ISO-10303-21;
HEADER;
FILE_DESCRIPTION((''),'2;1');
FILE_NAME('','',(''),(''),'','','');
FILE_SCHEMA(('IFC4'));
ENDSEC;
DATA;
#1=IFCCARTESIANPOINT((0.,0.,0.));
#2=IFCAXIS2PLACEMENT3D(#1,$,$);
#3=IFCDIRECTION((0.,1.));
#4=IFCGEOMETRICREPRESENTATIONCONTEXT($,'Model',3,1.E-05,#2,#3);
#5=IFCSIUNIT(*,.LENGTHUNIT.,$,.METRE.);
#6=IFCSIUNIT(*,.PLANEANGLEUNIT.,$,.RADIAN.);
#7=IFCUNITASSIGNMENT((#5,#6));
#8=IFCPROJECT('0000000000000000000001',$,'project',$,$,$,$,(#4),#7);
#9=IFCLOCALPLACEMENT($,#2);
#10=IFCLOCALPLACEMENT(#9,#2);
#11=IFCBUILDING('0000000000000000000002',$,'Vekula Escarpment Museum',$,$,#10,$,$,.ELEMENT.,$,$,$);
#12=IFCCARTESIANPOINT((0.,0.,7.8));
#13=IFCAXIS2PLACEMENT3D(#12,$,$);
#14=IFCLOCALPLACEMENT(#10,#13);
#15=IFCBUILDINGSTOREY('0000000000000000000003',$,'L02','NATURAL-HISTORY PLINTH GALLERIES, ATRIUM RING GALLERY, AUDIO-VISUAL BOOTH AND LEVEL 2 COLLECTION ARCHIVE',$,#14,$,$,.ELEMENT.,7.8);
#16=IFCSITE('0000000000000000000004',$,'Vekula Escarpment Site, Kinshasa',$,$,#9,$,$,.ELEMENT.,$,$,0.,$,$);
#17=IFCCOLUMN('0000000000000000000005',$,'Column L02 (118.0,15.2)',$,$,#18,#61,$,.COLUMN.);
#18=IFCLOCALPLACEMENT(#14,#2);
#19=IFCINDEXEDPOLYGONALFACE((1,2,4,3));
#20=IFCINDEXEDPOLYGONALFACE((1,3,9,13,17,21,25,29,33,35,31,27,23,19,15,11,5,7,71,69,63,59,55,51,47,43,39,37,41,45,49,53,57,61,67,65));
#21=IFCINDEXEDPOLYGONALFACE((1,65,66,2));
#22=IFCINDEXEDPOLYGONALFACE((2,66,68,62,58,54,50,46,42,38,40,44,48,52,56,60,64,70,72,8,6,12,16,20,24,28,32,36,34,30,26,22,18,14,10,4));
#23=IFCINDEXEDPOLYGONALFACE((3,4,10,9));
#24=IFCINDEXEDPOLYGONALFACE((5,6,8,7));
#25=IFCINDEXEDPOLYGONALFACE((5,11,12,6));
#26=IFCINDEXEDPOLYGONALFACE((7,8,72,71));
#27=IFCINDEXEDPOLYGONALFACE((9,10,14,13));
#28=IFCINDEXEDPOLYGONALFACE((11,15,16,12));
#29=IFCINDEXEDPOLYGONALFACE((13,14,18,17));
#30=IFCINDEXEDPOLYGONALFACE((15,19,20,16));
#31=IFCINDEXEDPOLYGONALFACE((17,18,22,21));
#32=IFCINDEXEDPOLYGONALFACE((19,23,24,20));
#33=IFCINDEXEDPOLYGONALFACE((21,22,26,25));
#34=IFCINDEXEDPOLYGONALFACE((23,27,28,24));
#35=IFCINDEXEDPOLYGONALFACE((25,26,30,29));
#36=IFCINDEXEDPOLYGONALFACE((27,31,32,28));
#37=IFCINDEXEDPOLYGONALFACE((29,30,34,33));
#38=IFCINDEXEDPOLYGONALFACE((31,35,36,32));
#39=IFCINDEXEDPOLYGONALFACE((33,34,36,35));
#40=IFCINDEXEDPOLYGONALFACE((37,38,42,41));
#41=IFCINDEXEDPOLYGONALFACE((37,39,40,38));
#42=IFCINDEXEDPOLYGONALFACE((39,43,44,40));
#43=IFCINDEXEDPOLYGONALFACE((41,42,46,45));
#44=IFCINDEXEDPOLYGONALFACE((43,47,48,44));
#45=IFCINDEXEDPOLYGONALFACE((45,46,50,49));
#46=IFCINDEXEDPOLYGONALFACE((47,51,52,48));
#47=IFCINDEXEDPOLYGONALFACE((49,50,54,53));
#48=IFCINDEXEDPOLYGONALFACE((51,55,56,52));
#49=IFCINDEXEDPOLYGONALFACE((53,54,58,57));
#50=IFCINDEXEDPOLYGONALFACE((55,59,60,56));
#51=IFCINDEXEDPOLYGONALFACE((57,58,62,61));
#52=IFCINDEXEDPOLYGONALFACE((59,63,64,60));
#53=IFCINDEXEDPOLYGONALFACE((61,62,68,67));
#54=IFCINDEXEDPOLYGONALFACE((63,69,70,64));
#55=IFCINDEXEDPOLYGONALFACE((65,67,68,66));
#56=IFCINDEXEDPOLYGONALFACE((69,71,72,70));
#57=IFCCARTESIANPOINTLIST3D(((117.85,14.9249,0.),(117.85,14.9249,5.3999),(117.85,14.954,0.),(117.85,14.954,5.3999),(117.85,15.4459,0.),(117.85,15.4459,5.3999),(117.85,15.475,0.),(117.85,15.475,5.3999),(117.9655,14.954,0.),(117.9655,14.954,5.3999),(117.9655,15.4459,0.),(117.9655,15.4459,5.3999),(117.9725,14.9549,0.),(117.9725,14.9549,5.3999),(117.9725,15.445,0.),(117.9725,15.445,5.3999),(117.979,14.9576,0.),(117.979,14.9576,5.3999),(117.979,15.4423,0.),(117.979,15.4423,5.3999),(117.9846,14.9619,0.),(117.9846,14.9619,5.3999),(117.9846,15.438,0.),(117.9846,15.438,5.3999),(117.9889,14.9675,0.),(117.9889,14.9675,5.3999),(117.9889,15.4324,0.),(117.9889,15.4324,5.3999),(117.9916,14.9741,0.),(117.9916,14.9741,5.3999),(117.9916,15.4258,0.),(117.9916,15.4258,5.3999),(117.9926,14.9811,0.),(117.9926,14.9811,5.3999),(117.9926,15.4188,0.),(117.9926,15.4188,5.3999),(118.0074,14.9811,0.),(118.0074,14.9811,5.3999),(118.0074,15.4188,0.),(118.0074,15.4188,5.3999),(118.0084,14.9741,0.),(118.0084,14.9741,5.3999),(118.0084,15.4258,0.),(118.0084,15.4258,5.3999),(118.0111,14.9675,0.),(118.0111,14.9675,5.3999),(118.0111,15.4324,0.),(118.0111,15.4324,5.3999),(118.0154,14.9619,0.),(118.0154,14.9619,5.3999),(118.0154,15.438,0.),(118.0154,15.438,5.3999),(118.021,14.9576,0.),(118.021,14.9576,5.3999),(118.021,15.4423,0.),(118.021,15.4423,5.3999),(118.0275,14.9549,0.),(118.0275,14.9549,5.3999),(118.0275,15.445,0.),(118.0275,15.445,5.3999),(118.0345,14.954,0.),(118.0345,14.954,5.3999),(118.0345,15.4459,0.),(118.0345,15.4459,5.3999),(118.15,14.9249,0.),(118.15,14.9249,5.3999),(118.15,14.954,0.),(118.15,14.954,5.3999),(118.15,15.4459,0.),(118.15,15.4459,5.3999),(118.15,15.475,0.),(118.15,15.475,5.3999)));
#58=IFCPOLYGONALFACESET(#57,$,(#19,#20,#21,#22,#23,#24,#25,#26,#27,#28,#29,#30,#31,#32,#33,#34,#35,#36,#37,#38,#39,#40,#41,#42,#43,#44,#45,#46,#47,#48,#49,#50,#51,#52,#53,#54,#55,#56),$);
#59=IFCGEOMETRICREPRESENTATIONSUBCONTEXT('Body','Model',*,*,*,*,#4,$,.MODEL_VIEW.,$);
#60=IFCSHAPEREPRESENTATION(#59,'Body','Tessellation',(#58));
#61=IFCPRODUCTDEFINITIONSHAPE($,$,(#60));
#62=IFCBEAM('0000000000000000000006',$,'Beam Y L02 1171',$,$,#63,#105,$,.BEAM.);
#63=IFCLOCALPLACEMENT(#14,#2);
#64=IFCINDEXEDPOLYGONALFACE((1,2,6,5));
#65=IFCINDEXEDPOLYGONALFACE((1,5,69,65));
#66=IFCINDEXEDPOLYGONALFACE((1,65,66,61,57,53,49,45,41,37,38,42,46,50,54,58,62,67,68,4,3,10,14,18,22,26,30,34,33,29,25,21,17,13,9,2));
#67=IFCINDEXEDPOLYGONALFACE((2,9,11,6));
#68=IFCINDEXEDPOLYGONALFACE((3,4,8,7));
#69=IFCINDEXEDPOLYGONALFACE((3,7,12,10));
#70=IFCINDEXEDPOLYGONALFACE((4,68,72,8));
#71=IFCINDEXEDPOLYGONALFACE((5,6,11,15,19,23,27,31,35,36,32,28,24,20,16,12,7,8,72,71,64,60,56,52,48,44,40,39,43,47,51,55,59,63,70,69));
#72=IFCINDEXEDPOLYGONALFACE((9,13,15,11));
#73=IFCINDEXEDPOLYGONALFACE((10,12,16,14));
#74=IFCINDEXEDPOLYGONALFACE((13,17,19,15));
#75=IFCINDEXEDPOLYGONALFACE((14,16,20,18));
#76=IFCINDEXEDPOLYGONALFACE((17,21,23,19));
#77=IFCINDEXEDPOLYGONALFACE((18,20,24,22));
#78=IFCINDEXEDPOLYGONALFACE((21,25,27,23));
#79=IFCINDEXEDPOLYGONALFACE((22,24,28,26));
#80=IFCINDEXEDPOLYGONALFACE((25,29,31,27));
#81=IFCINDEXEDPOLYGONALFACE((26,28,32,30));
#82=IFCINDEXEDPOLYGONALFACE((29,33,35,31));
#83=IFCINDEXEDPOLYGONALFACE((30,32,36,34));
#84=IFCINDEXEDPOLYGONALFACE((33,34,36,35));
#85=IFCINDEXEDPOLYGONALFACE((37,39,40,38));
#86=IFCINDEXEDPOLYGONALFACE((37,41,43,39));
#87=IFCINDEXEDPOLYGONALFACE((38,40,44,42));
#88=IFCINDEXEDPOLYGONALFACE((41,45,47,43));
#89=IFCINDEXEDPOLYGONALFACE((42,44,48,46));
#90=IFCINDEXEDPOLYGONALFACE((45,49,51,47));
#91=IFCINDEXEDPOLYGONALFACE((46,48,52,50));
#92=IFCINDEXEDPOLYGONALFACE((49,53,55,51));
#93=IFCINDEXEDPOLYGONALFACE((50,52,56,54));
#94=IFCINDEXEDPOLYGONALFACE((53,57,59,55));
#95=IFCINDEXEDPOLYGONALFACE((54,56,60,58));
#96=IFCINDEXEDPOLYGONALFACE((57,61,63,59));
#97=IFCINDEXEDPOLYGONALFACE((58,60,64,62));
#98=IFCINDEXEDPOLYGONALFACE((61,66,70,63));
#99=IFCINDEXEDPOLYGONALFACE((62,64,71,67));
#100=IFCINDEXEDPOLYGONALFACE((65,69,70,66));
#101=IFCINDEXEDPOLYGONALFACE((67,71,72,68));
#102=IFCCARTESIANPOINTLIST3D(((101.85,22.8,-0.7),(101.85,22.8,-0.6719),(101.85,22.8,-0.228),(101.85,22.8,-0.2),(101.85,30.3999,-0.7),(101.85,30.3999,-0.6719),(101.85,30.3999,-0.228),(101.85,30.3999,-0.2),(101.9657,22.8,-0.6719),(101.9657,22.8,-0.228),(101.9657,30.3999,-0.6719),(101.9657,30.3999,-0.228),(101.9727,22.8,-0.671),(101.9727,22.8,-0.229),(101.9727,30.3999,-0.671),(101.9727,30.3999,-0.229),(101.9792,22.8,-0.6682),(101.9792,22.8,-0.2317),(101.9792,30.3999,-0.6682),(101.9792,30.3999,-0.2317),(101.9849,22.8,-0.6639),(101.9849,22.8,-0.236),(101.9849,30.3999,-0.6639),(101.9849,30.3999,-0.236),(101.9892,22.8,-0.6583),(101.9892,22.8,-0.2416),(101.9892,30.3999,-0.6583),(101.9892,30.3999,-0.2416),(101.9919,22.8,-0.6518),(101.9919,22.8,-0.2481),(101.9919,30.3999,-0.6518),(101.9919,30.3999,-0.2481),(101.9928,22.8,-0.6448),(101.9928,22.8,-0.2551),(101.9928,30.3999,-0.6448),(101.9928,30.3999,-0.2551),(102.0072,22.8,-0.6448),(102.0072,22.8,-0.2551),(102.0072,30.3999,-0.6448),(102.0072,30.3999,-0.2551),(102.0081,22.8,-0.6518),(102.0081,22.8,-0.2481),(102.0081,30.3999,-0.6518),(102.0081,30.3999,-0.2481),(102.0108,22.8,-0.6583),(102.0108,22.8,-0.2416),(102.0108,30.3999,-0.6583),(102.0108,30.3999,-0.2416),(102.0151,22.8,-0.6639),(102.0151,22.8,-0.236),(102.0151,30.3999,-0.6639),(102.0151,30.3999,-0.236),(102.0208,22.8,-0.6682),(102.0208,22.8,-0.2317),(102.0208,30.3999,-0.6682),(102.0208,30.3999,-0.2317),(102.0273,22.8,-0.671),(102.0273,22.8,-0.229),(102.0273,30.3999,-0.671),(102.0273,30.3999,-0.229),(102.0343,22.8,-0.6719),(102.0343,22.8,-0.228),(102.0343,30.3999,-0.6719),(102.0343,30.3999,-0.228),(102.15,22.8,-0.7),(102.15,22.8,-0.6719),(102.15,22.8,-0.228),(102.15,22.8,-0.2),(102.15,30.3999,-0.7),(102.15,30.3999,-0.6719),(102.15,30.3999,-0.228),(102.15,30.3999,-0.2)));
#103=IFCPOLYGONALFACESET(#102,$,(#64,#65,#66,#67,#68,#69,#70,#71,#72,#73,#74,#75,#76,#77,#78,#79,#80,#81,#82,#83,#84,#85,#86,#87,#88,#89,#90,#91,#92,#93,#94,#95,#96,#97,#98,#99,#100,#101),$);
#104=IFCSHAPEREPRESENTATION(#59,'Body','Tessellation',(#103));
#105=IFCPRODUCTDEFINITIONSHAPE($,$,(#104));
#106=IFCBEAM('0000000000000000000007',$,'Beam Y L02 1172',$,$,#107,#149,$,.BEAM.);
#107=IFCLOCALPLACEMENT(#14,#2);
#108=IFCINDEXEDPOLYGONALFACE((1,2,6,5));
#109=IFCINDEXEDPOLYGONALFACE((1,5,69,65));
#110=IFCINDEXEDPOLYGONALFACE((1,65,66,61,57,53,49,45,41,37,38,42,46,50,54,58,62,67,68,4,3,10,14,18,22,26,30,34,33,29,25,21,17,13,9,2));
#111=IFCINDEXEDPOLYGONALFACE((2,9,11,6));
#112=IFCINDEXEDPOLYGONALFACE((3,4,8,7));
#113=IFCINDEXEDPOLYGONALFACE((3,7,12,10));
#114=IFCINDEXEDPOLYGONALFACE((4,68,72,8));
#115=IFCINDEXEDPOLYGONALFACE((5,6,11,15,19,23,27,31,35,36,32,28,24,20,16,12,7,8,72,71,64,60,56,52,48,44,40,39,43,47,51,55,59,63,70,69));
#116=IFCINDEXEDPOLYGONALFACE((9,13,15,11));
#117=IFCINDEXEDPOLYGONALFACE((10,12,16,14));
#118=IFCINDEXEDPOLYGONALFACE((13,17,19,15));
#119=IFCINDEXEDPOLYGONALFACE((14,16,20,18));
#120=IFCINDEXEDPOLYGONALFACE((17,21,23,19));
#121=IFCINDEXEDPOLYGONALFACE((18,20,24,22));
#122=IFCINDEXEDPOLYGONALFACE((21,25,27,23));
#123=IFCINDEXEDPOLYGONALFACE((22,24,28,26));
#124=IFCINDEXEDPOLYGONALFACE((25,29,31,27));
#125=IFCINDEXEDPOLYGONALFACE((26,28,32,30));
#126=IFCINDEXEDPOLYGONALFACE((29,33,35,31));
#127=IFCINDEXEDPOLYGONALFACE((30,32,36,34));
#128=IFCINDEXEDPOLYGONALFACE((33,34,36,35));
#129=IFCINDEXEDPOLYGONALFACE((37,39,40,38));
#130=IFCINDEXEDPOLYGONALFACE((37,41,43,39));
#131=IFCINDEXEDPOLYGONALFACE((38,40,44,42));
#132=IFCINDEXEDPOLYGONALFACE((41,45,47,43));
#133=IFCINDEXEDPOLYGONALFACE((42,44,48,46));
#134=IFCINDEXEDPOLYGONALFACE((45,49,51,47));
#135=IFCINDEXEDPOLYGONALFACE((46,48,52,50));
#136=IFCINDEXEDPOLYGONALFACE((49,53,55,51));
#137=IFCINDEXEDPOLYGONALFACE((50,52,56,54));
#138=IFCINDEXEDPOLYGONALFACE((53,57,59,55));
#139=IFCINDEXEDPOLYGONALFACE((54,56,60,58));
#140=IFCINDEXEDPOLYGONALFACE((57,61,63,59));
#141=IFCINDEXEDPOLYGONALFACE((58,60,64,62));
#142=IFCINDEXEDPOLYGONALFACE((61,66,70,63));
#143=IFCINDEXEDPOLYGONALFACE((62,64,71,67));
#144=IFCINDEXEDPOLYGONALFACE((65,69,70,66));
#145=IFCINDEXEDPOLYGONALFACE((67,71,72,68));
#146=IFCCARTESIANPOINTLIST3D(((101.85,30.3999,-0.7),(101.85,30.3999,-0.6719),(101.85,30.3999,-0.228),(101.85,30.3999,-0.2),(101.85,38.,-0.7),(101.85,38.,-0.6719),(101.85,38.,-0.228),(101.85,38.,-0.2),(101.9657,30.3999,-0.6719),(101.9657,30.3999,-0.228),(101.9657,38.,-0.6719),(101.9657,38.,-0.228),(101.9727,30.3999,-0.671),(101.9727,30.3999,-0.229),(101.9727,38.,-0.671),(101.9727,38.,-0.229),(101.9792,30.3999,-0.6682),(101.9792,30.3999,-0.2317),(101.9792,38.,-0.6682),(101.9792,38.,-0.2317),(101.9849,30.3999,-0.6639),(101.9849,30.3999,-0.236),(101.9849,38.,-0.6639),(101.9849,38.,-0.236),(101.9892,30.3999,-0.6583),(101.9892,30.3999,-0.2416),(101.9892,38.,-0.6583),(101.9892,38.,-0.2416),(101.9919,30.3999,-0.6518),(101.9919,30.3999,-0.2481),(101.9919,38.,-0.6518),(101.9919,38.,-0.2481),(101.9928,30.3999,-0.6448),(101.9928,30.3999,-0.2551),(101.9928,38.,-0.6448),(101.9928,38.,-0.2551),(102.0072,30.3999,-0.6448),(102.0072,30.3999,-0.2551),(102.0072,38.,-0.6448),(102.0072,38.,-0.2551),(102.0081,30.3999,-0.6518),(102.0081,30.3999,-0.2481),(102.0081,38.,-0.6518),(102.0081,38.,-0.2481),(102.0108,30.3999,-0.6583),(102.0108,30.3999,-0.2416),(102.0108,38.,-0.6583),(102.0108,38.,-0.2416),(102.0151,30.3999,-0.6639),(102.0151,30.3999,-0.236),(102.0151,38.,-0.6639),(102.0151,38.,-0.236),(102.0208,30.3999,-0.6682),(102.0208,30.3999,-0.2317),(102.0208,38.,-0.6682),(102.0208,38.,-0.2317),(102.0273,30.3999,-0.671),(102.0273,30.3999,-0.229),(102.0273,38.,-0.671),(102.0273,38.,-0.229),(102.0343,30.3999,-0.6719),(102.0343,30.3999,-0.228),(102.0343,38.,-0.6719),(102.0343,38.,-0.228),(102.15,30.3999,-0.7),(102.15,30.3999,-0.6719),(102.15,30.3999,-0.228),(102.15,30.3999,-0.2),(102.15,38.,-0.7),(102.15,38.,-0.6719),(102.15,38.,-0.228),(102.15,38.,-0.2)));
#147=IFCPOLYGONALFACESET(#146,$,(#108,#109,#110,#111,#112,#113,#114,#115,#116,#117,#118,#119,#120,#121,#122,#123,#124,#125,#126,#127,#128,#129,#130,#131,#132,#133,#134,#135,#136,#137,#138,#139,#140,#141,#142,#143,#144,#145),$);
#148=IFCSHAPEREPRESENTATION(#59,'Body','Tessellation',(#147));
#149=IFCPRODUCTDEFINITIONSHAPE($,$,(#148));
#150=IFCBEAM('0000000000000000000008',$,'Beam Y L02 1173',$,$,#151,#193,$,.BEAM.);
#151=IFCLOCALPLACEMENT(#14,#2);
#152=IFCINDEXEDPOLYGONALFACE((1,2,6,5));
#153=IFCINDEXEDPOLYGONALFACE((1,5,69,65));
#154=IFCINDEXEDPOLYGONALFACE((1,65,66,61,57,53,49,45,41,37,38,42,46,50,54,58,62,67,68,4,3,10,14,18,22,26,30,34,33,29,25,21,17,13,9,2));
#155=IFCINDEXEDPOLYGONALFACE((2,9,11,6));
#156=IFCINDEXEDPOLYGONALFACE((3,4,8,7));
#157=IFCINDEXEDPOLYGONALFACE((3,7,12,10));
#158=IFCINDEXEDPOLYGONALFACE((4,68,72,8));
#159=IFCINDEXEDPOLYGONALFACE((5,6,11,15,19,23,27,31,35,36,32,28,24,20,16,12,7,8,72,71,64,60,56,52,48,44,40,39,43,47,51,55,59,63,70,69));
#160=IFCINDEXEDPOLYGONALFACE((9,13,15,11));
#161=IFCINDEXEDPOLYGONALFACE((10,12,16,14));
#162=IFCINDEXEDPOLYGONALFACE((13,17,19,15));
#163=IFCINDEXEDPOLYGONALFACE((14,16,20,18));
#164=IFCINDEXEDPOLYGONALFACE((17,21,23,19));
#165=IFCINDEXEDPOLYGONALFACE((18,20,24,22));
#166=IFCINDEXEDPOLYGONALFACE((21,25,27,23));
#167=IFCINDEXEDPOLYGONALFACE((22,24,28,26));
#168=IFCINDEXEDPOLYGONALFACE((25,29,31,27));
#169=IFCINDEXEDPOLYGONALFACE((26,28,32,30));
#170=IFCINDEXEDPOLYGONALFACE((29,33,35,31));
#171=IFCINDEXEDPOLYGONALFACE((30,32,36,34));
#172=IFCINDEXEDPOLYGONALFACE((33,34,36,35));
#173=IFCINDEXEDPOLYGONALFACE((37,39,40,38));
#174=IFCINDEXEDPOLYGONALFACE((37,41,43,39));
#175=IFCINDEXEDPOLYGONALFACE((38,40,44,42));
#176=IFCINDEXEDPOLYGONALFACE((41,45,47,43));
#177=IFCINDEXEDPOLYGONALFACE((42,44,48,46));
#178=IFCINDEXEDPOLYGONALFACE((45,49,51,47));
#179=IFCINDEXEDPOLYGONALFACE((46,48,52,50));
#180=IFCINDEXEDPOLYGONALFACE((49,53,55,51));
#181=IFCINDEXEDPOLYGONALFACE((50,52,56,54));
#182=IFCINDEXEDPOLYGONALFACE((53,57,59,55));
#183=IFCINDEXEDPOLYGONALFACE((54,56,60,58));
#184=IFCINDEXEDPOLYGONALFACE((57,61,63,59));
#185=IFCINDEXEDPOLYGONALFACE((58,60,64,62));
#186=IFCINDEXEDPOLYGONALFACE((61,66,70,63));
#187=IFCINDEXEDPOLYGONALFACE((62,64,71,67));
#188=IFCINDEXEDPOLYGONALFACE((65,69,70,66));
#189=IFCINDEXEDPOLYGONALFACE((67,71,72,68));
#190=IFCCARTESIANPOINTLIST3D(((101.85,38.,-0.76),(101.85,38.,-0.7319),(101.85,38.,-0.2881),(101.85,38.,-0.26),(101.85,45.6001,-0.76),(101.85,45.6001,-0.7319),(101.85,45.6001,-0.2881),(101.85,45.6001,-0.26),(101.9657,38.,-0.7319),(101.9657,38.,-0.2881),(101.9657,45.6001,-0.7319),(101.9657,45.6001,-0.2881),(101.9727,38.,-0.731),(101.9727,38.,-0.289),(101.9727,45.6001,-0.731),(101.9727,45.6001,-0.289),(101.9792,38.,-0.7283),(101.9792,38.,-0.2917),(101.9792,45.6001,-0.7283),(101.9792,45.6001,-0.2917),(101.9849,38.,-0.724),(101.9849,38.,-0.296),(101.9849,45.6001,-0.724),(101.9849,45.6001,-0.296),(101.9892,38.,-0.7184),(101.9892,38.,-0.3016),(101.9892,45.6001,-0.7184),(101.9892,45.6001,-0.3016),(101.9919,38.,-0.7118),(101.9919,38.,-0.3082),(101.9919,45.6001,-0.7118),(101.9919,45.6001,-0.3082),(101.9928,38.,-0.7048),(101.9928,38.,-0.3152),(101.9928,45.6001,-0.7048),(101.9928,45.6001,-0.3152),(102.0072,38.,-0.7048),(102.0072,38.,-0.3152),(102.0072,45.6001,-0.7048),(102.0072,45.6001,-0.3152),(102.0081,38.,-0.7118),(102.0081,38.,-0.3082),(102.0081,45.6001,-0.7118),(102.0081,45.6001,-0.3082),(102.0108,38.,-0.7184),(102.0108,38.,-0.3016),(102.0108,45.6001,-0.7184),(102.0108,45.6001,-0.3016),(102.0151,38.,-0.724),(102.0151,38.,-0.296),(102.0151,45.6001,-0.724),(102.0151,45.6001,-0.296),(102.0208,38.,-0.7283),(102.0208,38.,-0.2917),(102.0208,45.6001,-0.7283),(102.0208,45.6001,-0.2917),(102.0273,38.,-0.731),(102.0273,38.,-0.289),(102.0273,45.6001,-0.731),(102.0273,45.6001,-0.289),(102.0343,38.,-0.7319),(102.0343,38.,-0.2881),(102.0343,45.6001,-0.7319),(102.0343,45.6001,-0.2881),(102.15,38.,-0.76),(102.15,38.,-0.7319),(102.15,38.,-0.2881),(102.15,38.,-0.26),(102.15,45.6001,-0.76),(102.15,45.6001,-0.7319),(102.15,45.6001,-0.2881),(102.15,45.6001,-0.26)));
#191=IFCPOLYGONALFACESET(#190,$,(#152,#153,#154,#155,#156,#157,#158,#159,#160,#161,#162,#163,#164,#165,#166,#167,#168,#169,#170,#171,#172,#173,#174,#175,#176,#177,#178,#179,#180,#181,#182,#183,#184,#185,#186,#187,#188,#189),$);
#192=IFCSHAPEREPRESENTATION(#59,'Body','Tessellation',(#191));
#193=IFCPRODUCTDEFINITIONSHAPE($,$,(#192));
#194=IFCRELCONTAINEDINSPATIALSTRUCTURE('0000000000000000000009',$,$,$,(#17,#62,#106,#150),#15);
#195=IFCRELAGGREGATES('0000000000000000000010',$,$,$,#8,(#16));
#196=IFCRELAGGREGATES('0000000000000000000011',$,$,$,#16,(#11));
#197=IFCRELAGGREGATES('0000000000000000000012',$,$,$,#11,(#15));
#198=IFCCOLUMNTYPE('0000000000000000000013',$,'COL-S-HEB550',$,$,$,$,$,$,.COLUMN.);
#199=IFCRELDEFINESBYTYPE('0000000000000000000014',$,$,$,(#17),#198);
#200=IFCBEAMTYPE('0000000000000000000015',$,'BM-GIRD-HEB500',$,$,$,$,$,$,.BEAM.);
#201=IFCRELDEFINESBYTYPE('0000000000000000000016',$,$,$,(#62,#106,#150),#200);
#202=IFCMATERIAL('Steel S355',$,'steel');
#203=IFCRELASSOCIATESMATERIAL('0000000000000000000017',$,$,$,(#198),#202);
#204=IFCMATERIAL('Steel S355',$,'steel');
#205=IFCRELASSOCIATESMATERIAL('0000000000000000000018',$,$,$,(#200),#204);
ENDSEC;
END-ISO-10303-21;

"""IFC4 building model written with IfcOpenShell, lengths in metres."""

from ifc_helpers import new_model, si_unit, direction, frame, origin, origin_2d, place, context, subcontext, project, spatial, i_section, extrude, material, material_profile, profile_set, type_object, element, save


model = new_model("IFC4")

# Units and contexts
model_context = context("Model", 3, precision=1e-05, world=origin(), true_north=direction((0.0, 1.0)))
body_context = subcontext(model_context, "Body", "Model", "MODEL_VIEW")
ifc_project = project(units=[si_unit("LENGTHUNIT", "METRE"), si_unit("PLANEANGLEUNIT", "RADIAN")], contexts=[model_context])

# Site, building, storey
site_placement = place(None, origin())
site = spatial("IfcSite", under=ifc_project, at=site_placement, Name="Vekula Escarpment Site, Kinshasa", CompositionType="ELEMENT", RefElevation=0.0)
building_placement = place(site_placement, origin())
building = spatial("IfcBuilding", under=site, at=building_placement, Name="Vekula Escarpment Museum", CompositionType="ELEMENT")
storey_placement = place(building_placement, frame((0.0, 0.0, 7.8)))
storey = spatial("IfcBuildingStorey", under=building, at=storey_placement, Name="L02", Description="NATURAL-HISTORY PLINTH GALLERIES, ATRIUM RING GALLERY, AUDIO-VISUAL BOOTH AND LEVEL 2 COLLECTION ARCHIVE", CompositionType="ELEMENT", Elevation=7.8)

# Column
ifc_material_1 = material(Name="Steel S355", Category="steel")
ifc_material_profile_1 = material_profile(ifc_material_1, i_section(OverallWidth=0.3, OverallDepth=0.55, WebThickness=0.0149, FlangeThickness=0.0291, FilletRadius=0.0271, at=origin_2d()), Name="HEB 550")
ifc_profile_set_1 = profile_set([ifc_material_profile_1], Name="Steel S355")
column_type = type_object("IfcColumnType", Name="COL-S-HEB550", PredefinedType="COLUMN", material=ifc_profile_set_1)
column_placement = place(storey_placement, frame((118.0, 15.2, 0.0), z_axis=(0.0, 0.0, 1.0), x_axis=(1.0, 0.0, 0.0)))
element("IfcColumn", 1, at=column_placement, inside=storey, type_object=column_type, Name="Column L02 (118.0,15.2)", PredefinedType="COLUMN", context=body_context, shape_type="SweptSolid", body=[
    extrude(i_section(OverallWidth=0.3, OverallDepth=0.55, WebThickness=0.0149, FlangeThickness=0.0291, FilletRadius=0.0271, at=origin_2d()), origin(), (0.0, 0.0, 1.0), 5.3999),
])

# Beams
ifc_material_2 = material(Name="Steel S355", Category="steel")
ifc_material_profile_2 = material_profile(ifc_material_2, i_section(OverallWidth=0.3, OverallDepth=0.5, WebThickness=0.0144, FlangeThickness=0.0281, FilletRadius=0.0271, at=origin_2d()), Name="HEB 500")
ifc_profile_set_2 = profile_set([ifc_material_profile_2], Name="Steel S355")
beam_type = type_object("IfcBeamType", Name="BM-GIRD-HEB500", PredefinedType="BEAM", material=ifc_profile_set_2)
beam_placement = place(storey_placement, frame((102.0, 22.8, -0.45), z_axis=(0.0, 1.0, 0.0), x_axis=(-1.0, 0.0, 0.0)))
element("IfcBeam", 2, at=beam_placement, inside=storey, type_object=beam_type, Name="Beam Y L02 1171", PredefinedType="BEAM", context=body_context, shape_type="SweptSolid", body=[
    extrude(i_section(OverallWidth=0.3, OverallDepth=0.5, WebThickness=0.0144, FlangeThickness=0.0281, FilletRadius=0.0271, at=origin_2d()), origin(), (0.0, 0.0, 1.0), 7.5999),
])
for number, where, z_axis, x_axis, name in (
    (3, (102.0, 30.3999, -0.45), (0.0, 1.0, 0.0), (-1.0, 0.0, 0.0), "Beam Y L02 1172"),
    (4, (102.0, 38.0, -0.51), (0.0, 1.0, 0.0), (-1.0, 0.0, 0.0), "Beam Y L02 1173"),
):
    element("IfcBeam", number, at=place(storey_placement, frame(where, z_axis=z_axis, x_axis=x_axis)), inside=storey, type_object=beam_type, Name=name, PredefinedType="BEAM", context=body_context, shape_type="SweptSolid", body=[
        extrude(i_section(OverallWidth=0.3, OverallDepth=0.5, WebThickness=0.0144, FlangeThickness=0.0281, FilletRadius=0.0271, at=origin_2d()), origin(), (0.0, 0.0, 1.0), 7.6001),
    ])

save(model, "model.ifc")
